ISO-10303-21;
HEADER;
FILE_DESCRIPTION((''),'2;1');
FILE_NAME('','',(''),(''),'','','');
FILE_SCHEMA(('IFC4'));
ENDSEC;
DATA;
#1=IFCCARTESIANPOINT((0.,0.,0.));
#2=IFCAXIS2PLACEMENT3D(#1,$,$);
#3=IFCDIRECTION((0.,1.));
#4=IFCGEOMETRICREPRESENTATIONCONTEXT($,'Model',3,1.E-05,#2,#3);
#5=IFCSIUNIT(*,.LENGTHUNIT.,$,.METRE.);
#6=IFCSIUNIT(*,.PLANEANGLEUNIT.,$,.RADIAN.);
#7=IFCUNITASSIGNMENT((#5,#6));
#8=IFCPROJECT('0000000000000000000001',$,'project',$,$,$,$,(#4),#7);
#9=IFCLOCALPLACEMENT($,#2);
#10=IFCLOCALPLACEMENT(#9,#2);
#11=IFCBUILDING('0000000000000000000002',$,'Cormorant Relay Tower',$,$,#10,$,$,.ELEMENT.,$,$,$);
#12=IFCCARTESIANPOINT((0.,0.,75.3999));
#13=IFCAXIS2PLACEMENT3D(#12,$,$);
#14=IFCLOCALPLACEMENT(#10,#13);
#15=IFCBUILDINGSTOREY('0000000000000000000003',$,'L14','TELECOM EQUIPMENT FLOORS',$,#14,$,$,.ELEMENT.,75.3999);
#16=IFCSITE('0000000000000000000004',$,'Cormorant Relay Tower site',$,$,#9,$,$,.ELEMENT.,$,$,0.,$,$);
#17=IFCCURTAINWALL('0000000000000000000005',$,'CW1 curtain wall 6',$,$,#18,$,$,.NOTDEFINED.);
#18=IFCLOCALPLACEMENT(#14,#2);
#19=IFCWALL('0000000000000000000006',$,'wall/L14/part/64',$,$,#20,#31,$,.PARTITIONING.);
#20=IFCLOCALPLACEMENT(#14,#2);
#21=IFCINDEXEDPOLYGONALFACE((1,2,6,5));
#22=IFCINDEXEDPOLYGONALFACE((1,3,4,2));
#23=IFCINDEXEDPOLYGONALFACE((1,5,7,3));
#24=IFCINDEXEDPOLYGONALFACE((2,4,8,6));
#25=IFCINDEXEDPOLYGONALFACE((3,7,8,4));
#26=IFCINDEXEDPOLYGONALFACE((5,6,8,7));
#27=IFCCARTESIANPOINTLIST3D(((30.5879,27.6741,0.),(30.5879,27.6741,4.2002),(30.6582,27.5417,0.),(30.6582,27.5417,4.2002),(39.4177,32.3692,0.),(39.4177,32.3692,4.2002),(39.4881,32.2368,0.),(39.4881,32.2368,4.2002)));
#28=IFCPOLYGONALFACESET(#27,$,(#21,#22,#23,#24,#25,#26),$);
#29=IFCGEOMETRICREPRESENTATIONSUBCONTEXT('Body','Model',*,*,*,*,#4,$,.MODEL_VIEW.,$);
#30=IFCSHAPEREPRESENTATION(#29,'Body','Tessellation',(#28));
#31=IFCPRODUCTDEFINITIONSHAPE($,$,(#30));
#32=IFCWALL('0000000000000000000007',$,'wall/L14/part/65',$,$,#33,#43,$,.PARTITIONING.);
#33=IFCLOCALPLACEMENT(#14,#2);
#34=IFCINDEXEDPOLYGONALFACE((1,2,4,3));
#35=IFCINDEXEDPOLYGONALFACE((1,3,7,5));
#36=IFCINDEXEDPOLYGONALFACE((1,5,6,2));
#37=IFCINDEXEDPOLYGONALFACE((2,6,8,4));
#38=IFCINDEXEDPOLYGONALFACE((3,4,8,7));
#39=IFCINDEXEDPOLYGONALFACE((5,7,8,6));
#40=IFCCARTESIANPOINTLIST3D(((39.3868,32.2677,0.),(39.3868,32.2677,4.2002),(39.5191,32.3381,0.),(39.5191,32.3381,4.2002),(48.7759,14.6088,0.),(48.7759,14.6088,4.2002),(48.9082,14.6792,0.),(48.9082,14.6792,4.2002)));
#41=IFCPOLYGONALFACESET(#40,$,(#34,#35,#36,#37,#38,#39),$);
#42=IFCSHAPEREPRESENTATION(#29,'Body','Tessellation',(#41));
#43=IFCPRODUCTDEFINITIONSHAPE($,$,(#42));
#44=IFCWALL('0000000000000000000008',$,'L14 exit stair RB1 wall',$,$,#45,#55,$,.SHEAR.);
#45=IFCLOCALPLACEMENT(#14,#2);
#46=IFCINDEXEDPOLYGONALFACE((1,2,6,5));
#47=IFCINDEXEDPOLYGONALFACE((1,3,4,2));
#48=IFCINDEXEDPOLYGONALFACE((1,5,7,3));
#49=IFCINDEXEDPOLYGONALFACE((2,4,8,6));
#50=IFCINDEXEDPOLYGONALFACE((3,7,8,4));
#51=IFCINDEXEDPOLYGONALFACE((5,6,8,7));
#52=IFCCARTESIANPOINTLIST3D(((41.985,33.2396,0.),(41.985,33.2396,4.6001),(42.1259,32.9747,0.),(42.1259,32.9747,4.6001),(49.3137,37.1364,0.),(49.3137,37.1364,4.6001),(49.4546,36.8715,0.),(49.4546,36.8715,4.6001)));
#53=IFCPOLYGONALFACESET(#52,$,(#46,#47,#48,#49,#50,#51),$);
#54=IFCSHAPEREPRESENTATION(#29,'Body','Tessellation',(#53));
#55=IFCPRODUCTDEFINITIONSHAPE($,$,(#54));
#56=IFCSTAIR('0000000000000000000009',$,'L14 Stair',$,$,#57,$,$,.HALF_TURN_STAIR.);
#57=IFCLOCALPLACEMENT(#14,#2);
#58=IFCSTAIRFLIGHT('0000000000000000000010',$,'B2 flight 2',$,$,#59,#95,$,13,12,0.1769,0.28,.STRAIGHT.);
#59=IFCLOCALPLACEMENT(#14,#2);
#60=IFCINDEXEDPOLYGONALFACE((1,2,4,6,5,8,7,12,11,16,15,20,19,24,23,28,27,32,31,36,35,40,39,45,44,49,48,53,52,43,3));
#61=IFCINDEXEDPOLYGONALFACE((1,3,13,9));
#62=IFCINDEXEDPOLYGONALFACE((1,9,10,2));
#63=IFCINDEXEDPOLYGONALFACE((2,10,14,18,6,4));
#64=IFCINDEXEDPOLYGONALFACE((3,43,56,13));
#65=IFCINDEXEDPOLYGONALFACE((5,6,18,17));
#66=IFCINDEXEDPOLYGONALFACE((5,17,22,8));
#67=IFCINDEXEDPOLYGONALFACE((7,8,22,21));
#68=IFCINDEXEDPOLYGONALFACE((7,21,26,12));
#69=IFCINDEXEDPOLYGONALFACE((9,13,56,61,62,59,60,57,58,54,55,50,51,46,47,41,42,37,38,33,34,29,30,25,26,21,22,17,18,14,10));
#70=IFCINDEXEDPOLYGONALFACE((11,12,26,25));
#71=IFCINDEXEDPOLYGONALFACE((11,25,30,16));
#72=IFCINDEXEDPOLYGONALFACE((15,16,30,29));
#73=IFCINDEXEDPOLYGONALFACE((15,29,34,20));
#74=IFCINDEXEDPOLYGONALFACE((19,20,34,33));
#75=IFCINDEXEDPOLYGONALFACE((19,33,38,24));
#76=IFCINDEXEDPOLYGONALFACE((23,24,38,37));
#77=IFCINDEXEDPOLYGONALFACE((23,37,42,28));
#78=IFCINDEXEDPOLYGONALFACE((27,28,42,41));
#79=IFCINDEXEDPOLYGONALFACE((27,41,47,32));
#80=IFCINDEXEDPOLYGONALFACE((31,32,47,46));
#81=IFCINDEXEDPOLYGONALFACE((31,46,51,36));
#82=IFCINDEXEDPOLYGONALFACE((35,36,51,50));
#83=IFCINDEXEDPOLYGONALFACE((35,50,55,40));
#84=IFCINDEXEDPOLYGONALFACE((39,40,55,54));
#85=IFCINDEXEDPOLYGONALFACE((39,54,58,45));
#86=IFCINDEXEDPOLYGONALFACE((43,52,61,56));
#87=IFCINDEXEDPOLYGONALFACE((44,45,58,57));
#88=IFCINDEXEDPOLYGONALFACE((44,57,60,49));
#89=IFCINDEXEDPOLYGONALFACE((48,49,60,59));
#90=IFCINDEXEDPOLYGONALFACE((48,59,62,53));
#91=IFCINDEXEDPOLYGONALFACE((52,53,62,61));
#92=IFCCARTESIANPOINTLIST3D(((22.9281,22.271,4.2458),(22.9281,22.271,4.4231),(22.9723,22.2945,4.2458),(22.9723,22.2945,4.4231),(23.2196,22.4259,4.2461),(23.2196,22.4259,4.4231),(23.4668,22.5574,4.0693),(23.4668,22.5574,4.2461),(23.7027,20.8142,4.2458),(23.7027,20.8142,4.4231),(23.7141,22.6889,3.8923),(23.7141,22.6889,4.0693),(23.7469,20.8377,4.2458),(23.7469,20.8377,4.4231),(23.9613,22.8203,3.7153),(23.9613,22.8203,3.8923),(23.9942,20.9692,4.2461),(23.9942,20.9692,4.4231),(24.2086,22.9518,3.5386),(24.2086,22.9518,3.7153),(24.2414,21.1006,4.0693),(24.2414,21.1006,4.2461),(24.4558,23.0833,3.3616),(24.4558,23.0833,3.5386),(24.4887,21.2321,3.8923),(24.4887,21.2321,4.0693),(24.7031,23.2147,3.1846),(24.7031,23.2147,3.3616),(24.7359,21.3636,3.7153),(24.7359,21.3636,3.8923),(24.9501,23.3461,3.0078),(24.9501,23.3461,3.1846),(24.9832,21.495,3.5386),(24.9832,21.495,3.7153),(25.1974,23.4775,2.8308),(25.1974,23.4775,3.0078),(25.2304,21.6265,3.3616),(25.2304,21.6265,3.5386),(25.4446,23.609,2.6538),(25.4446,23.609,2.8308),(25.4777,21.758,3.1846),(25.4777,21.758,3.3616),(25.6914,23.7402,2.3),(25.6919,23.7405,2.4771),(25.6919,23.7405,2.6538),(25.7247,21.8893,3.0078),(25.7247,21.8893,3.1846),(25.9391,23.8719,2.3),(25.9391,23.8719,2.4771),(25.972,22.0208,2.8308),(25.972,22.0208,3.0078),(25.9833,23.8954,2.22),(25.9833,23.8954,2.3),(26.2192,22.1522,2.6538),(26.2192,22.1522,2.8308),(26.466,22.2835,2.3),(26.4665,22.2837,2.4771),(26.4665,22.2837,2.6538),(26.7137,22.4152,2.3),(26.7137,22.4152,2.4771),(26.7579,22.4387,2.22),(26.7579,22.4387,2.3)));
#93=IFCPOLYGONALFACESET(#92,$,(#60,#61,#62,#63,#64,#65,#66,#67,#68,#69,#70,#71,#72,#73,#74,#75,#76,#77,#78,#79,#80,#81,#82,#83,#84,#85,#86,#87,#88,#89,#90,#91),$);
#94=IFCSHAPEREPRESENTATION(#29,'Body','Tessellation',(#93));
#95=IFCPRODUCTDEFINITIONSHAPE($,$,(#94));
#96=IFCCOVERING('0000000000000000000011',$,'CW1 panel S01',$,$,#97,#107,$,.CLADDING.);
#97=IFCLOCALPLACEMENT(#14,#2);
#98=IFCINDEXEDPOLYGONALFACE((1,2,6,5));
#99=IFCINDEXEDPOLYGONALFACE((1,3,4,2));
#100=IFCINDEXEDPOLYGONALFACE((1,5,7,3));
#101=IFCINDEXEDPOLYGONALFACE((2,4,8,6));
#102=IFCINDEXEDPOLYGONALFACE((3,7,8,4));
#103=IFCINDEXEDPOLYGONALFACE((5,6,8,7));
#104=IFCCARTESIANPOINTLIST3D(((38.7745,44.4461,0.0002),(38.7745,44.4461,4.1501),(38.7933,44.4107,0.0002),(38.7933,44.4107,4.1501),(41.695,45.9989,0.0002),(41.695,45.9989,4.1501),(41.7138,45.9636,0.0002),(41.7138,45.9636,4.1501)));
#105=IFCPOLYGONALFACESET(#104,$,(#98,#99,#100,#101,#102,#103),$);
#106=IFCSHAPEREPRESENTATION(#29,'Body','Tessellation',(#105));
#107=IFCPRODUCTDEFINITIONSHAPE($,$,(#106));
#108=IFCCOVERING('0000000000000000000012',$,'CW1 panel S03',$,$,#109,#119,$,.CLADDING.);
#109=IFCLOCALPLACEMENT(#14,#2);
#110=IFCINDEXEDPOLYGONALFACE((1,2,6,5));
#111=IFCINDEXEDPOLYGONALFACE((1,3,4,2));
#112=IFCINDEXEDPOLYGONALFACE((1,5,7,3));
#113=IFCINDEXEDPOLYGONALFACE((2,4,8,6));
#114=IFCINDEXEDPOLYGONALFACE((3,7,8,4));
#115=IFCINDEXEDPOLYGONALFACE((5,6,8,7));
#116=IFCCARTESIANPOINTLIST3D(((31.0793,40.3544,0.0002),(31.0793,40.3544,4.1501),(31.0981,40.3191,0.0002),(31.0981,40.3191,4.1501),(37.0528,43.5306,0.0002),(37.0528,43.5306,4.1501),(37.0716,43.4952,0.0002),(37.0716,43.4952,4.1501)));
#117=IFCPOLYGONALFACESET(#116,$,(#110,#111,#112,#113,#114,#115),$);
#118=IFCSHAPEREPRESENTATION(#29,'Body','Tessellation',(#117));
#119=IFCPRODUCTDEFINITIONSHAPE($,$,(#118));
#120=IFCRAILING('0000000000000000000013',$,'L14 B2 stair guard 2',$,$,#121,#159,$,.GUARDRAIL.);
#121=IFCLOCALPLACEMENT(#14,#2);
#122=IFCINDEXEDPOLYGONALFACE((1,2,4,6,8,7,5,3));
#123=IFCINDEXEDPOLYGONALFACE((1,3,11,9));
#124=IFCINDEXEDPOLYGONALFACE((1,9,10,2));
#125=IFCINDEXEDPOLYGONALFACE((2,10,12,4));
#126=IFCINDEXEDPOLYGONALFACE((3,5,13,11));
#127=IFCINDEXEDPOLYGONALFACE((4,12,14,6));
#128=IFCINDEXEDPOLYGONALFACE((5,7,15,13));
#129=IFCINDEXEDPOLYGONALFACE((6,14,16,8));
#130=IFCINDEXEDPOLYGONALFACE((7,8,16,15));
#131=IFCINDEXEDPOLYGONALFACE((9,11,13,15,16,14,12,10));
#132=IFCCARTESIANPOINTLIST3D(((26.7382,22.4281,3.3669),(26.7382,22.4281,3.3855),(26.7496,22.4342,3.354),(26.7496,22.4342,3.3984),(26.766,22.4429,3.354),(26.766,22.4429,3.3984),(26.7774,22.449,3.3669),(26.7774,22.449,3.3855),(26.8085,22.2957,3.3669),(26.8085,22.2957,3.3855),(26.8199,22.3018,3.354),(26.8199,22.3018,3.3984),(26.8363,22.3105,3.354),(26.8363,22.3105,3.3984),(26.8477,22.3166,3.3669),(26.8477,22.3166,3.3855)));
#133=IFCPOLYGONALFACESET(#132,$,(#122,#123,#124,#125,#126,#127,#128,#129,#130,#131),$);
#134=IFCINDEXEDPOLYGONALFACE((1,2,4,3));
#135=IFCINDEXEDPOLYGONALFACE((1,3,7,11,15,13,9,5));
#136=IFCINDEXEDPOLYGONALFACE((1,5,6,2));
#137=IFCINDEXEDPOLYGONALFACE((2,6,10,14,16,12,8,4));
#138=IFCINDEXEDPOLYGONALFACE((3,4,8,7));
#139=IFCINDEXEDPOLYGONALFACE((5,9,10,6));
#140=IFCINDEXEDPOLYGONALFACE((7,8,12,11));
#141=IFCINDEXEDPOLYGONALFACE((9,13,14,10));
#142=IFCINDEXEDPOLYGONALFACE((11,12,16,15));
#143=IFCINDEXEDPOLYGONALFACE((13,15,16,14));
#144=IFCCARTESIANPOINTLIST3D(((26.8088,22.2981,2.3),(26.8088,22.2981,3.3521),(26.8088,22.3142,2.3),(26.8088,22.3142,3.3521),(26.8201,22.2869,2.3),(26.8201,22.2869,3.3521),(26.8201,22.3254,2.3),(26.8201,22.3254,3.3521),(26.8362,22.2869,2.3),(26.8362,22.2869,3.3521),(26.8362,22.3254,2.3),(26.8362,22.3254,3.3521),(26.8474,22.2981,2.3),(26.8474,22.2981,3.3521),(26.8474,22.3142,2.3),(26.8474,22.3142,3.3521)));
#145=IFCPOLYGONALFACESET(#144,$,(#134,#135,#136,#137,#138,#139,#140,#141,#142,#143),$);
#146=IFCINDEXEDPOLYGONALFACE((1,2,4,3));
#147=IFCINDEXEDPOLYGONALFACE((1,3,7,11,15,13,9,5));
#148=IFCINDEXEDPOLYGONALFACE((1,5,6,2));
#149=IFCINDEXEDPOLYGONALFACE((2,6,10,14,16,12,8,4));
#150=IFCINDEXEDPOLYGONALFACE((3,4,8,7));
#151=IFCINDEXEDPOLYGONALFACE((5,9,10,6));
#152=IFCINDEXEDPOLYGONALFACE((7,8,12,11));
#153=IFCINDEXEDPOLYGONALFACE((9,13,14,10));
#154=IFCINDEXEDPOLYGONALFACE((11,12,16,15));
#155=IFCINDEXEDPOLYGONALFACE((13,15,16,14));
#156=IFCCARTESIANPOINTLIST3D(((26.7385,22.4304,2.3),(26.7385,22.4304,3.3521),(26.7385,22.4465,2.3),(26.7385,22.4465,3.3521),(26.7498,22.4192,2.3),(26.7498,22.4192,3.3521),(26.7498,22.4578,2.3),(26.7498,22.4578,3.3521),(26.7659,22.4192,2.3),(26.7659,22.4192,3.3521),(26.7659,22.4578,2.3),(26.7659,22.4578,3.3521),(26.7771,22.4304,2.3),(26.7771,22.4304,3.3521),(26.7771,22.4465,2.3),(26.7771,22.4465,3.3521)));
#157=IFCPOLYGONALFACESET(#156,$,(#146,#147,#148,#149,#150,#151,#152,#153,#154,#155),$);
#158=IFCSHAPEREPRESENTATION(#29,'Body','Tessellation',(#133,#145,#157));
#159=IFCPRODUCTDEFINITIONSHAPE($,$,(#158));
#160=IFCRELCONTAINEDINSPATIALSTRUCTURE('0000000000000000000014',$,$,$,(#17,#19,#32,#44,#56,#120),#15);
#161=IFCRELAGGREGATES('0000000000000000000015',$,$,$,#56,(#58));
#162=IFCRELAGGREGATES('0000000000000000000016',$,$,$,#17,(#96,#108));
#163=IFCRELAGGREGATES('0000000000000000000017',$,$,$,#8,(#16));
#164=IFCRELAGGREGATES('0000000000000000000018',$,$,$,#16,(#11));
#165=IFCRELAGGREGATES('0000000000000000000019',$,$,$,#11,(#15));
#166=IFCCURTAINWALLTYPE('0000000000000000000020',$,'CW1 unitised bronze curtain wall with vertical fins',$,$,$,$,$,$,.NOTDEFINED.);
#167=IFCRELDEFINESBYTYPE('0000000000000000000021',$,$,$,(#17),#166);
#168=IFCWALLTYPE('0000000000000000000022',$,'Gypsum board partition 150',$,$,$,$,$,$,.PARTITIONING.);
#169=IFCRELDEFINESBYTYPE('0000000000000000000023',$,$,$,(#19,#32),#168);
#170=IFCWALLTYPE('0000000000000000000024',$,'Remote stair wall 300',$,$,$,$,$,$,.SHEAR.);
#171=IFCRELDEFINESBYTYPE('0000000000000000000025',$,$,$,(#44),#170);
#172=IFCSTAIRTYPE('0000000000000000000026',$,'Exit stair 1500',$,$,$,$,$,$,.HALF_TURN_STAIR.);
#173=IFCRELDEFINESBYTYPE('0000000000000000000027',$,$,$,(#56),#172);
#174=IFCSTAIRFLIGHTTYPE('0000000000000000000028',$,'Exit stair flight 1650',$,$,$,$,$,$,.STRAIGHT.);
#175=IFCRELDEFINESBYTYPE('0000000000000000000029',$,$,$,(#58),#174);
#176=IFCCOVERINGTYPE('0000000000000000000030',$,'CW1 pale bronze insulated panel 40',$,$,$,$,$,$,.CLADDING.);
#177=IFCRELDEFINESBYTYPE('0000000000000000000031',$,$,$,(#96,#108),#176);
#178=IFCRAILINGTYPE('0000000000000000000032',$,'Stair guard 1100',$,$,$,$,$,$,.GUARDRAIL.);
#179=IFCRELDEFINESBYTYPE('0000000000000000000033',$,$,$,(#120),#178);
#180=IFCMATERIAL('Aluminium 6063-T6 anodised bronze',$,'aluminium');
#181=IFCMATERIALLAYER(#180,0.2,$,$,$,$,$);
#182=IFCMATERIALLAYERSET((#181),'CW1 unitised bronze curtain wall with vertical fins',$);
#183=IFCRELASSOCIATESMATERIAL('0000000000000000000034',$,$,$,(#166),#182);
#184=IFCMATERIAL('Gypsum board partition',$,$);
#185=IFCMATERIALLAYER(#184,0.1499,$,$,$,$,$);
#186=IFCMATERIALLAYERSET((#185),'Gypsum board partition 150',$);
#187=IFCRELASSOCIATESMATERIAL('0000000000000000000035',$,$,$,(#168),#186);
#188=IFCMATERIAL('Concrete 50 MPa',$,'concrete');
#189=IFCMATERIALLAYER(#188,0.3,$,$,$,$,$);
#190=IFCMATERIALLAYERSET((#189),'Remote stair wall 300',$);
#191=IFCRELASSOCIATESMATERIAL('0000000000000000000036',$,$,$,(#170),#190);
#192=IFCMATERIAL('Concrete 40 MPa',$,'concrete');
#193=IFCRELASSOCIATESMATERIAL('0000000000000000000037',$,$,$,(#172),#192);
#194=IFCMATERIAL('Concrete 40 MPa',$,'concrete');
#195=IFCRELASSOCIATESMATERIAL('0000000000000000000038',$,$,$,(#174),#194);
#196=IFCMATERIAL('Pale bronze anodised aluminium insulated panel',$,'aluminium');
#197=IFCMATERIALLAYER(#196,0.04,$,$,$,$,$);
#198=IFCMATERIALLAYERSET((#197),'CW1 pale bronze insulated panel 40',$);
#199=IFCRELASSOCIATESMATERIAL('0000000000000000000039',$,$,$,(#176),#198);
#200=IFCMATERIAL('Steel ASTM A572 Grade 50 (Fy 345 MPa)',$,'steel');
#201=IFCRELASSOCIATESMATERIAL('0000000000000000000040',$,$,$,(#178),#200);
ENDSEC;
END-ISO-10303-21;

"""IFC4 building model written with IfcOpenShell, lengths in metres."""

from ifc_helpers import new_model, si_unit, direction, frame, frame_2d, origin, origin_2d, place, context, subcontext, project, spatial, polyline, rectangle, outline, extrude, material, layer, layer_set, type_object, element, aggregate, save


model = new_model("IFC4")

# Units and contexts
model_context = context("Model", 3, precision=1e-05, world=origin(), true_north=direction((0.0, 1.0)))
body_context = subcontext(model_context, "Body", "Model", "MODEL_VIEW")
ifc_project = project(units=[si_unit("LENGTHUNIT", "METRE"), si_unit("PLANEANGLEUNIT", "RADIAN")], contexts=[model_context])

# Site, building, storey
site_placement = place(None, origin())
site = spatial("IfcSite", under=ifc_project, at=site_placement, Name="Cormorant Relay Tower site", CompositionType="ELEMENT", RefElevation=0.0)
building_placement = place(site_placement, origin())
building = spatial("IfcBuilding", under=site, at=building_placement, Name="Cormorant Relay Tower", CompositionType="ELEMENT")
storey_placement = place(building_placement, frame((0.0, 0.0, 75.3999)))
storey = spatial("IfcBuildingStorey", under=building, at=storey_placement, Name="L14", Description="TELECOM EQUIPMENT FLOORS", CompositionType="ELEMENT", Elevation=75.3999)

# Curtain wall
ifc_material_1 = material(Name="Aluminium 6063-T6 anodised bronze", Category="aluminium")
ifc_layer_1 = layer(ifc_material_1, 0.2)
ifc_layer_set_1 = layer_set([ifc_layer_1], Name="CW1 unitised bronze curtain wall with vertical fins")
curtain_wall_type = type_object("IfcCurtainWallType", Name="CW1 unitised bronze curtain wall with vertical fins", PredefinedType="NOTDEFINED", material=ifc_layer_set_1)
curtain_wall_placement = place(storey_placement, origin())
curtain_wall = element("IfcCurtainWall", 1, at=curtain_wall_placement, inside=storey, type_object=curtain_wall_type, Name="CW1 curtain wall 6", PredefinedType="NOTDEFINED")

# Walls
ifc_material_2 = material(Name="Gypsum board partition")
ifc_layer_2 = layer(ifc_material_2, 0.1499)
ifc_layer_set_2 = layer_set([ifc_layer_2], Name="Gypsum board partition 150")
wall_type_1 = type_object("IfcWallType", Name="Gypsum board partition 150", PredefinedType="PARTITIONING", material=ifc_layer_set_2)
wall_1_placement = place(storey_placement, frame((30.623, 27.6079, 0.0), z_axis=(0.0, 0.0, 1.0), x_axis=(0.882941, 0.469484, 0.0)))
element("IfcWall", 2, at=wall_1_placement, inside=storey, type_object=wall_type_1, Name="wall/L14/part/64", PredefinedType="PARTITIONING", context=body_context, shape_type="SweptSolid", body=[
    extrude(rectangle(XDim=10.0005, YDim=0.1499, at=frame_2d((5.0002, 0.0))), origin(), (0.0, 0.0, 1.0), 4.2002),
])
wall_2_placement = place(storey_placement, frame((39.4529, 32.303, 0.0), z_axis=(0.0, 0.0, 1.0), x_axis=(0.469461, -0.882953, 0.0)))
element("IfcWall", 3, at=wall_2_placement, inside=storey, type_object=wall_type_1, Name="wall/L14/part/65", PredefinedType="PARTITIONING", context=body_context, shape_type="SweptSolid", body=[
    extrude(rectangle(XDim=19.9998, YDim=0.1499, at=frame_2d((10.0, 0.0))), origin(), (0.0, 0.0, 1.0), 4.2002),
])
ifc_material_3 = material(Name="Concrete 50 MPa", Category="concrete")
ifc_layer_3 = layer(ifc_material_3, 0.3)
ifc_layer_set_3 = layer_set([ifc_layer_3], Name="Remote stair wall 300")
wall_type_2 = type_object("IfcWallType", Name="Remote stair wall 300", PredefinedType="SHEAR", material=ifc_layer_set_3)
wall_3_placement = place(storey_placement, frame((42.0554, 33.1072, 0.0), z_axis=(0.0, 0.0, 1.0), x_axis=(0.882946, 0.469475, 0.0)))
element("IfcWall", 4, at=wall_3_placement, inside=storey, type_object=wall_type_2, Name="L14 exit stair RB1 wall", PredefinedType="SHEAR", context=body_context, shape_type="SweptSolid", body=[
    extrude(rectangle(XDim=8.3003, YDim=0.3, at=frame_2d((4.1501, 0.0))), origin(), (0.0, 0.0, 1.0), 4.6001),
])

# Stair, stair flight
ifc_material_4 = material(Name="Concrete 40 MPa", Category="concrete")
stair_type = type_object("IfcStairType", Name="Exit stair 1500", PredefinedType="HALF_TURN_STAIR", material=ifc_material_4)
stair_placement = place(storey_placement, origin())
stair = element("IfcStair", 5, at=stair_placement, inside=storey, type_object=stair_type, Name="L14 Stair", PredefinedType="HALF_TURN_STAIR")
ifc_material_5 = material(Name="Concrete 40 MPa", Category="concrete")
stair_flight_type = type_object("IfcStairFlightType", Name="Exit stair flight 1650", PredefinedType="STRAIGHT", material=ifc_material_5)
stair_flight_placement = place(storey_placement, frame((26.3264, 23.1436, 2.3), z_axis=(0.0, 0.0, 1.0), x_axis=(-0.882948, -0.469472, 0.0)))
stair_flight = element("IfcStairFlight", 6, at=stair_flight_placement, type_object=stair_flight_type, Name="B2 flight 2", NumberOfRisers=13, NumberOfTreads=12, PredefinedType="STRAIGHT", RiserHeight=0.1769, TreadLength=0.28, context=body_context, shape_type="SweptSolid", body=[
    extrude(outline(polyline([(-0.05, -0.0801), (-0.05, 0.0), (0.0, 0.0), (0.0, 0.177), (0.28, 0.177), (0.28, 0.3538), (0.5601, 0.3538), (0.5601, 0.5308), (0.8401, 0.5308), (0.8401, 0.7078), (1.1201, 0.7078), (1.1201, 0.8845), (1.3999, 0.8845), (1.3999, 1.0615), (1.6799, 1.0615), (1.6799, 1.2385), (1.96, 1.2385), (1.96, 1.4153), (2.24, 1.4153), (2.24, 1.5923), (2.52, 1.5923), (2.52, 1.7693), (2.8, 1.7693), (2.8, 1.946), (3.0801, 1.946), (3.0801, 2.123), (3.3601, 2.123), (3.4102, 2.123), (3.4102, 1.9458), (3.3601, 1.9458), (0.2805, 0.0), (-0.05, -0.0801)])), frame((0.0, 0.825, 0.0), z_axis=(0.0, -1.0, 0.0), x_axis=(1.0, 0.0, 0.0)), (0.0, 0.0, 1.0), 1.6499),
])
aggregate(stair, [stair_flight])

# Coverings
ifc_material_6 = material(Name="Pale bronze anodised aluminium insulated panel", Category="aluminium")
ifc_layer_4 = layer(ifc_material_6, 0.04)
ifc_layer_set_4 = layer_set([ifc_layer_4], Name="CW1 pale bronze insulated panel 40")
covering_type = type_object("IfcCoveringType", Name="CW1 pale bronze insulated panel 40", PredefinedType="CLADDING", material=ifc_layer_set_4)
covering_1_placement = place(storey_placement, frame((40.2441, 45.2048, 0.0002), z_axis=(0.0, 0.0, 1.0), x_axis=(-0.882948, -0.469472, 0.0)))
covering_1 = element("IfcCovering", 7, at=covering_1_placement, type_object=covering_type, Name="CW1 panel S01", PredefinedType="CLADDING", context=body_context, shape_type="SweptSolid", body=[
    extrude(rectangle(XDim=3.3076, YDim=0.04, at=origin_2d()), origin(), (0.0, 0.0, 1.0), 4.1499),
])
covering_2_placement = place(storey_placement, frame((34.0754, 41.9248, 0.0002), z_axis=(0.0, 0.0, 1.0), x_axis=(-0.882948, -0.469472, 0.0)))
covering_2 = element("IfcCovering", 8, at=covering_2_placement, type_object=covering_type, Name="CW1 panel S03", PredefinedType="CLADDING", context=body_context, shape_type="SweptSolid", body=[
    extrude(rectangle(XDim=6.7654, YDim=0.04, at=origin_2d()), origin(), (0.0, 0.0, 1.0), 4.1499),
])
aggregate(curtain_wall, [covering_1, covering_2])

# Railing
ifc_material_7 = material(Name="Steel ASTM A572 Grade 50 (Fy 345 MPa)", Category="steel")
railing_type = type_object("IfcRailingType", Name="Stair guard 1100", PredefinedType="GUARDRAIL", material=ifc_material_7)
railing_1_placement = place(storey_placement, frame((26.8281, 22.3062, 2.3)))
element("IfcRailing", 9, at=railing_1_placement, inside=storey, type_object=railing_type, Name="L14 B2 stair guard 2", PredefinedType="GUARDRAIL", context=body_context, shape_type="SweptSolid", body=[
    extrude(outline(polyline([(0.0222, 0.0093), (0.0093, 0.0222), (-0.0093, 0.0222), (-0.0222, 0.0093), (-0.0222, -0.0093), (-0.0093, -0.0222), (0.0093, -0.0222), (0.0222, -0.0093), (0.0222, 0.0093)])), frame((0.0, 0.0, 1.0762), z_axis=(-0.469235, 0.883074, 0.0), x_axis=(-0.883074, -0.469235, 0.0)), (0.0, 0.0, 1.0), 0.1499),
    extrude(outline(polyline([(0.0193, 0.0081), (0.0081, 0.0193), (-0.0081, 0.0193), (-0.0193, 0.0081), (-0.0193, -0.0081), (-0.0081, -0.0193), (0.0081, -0.0193), (0.0193, -0.0081), (0.0193, 0.0081)])), origin(), (0.0, 0.0, 1.0), 1.052),
    extrude(outline(polyline([(0.0193, 0.0081), (0.0081, 0.0193), (-0.0081, 0.0193), (-0.0193, 0.0081), (-0.0193, -0.0081), (-0.0081, -0.0193), (0.0081, -0.0193), (0.0193, -0.0081), (0.0193, 0.0081)])), frame((-0.0703, 0.1323, 0.0)), (0.0, 0.0, 1.0), 1.052),
])

save(model, "model.ifc")
